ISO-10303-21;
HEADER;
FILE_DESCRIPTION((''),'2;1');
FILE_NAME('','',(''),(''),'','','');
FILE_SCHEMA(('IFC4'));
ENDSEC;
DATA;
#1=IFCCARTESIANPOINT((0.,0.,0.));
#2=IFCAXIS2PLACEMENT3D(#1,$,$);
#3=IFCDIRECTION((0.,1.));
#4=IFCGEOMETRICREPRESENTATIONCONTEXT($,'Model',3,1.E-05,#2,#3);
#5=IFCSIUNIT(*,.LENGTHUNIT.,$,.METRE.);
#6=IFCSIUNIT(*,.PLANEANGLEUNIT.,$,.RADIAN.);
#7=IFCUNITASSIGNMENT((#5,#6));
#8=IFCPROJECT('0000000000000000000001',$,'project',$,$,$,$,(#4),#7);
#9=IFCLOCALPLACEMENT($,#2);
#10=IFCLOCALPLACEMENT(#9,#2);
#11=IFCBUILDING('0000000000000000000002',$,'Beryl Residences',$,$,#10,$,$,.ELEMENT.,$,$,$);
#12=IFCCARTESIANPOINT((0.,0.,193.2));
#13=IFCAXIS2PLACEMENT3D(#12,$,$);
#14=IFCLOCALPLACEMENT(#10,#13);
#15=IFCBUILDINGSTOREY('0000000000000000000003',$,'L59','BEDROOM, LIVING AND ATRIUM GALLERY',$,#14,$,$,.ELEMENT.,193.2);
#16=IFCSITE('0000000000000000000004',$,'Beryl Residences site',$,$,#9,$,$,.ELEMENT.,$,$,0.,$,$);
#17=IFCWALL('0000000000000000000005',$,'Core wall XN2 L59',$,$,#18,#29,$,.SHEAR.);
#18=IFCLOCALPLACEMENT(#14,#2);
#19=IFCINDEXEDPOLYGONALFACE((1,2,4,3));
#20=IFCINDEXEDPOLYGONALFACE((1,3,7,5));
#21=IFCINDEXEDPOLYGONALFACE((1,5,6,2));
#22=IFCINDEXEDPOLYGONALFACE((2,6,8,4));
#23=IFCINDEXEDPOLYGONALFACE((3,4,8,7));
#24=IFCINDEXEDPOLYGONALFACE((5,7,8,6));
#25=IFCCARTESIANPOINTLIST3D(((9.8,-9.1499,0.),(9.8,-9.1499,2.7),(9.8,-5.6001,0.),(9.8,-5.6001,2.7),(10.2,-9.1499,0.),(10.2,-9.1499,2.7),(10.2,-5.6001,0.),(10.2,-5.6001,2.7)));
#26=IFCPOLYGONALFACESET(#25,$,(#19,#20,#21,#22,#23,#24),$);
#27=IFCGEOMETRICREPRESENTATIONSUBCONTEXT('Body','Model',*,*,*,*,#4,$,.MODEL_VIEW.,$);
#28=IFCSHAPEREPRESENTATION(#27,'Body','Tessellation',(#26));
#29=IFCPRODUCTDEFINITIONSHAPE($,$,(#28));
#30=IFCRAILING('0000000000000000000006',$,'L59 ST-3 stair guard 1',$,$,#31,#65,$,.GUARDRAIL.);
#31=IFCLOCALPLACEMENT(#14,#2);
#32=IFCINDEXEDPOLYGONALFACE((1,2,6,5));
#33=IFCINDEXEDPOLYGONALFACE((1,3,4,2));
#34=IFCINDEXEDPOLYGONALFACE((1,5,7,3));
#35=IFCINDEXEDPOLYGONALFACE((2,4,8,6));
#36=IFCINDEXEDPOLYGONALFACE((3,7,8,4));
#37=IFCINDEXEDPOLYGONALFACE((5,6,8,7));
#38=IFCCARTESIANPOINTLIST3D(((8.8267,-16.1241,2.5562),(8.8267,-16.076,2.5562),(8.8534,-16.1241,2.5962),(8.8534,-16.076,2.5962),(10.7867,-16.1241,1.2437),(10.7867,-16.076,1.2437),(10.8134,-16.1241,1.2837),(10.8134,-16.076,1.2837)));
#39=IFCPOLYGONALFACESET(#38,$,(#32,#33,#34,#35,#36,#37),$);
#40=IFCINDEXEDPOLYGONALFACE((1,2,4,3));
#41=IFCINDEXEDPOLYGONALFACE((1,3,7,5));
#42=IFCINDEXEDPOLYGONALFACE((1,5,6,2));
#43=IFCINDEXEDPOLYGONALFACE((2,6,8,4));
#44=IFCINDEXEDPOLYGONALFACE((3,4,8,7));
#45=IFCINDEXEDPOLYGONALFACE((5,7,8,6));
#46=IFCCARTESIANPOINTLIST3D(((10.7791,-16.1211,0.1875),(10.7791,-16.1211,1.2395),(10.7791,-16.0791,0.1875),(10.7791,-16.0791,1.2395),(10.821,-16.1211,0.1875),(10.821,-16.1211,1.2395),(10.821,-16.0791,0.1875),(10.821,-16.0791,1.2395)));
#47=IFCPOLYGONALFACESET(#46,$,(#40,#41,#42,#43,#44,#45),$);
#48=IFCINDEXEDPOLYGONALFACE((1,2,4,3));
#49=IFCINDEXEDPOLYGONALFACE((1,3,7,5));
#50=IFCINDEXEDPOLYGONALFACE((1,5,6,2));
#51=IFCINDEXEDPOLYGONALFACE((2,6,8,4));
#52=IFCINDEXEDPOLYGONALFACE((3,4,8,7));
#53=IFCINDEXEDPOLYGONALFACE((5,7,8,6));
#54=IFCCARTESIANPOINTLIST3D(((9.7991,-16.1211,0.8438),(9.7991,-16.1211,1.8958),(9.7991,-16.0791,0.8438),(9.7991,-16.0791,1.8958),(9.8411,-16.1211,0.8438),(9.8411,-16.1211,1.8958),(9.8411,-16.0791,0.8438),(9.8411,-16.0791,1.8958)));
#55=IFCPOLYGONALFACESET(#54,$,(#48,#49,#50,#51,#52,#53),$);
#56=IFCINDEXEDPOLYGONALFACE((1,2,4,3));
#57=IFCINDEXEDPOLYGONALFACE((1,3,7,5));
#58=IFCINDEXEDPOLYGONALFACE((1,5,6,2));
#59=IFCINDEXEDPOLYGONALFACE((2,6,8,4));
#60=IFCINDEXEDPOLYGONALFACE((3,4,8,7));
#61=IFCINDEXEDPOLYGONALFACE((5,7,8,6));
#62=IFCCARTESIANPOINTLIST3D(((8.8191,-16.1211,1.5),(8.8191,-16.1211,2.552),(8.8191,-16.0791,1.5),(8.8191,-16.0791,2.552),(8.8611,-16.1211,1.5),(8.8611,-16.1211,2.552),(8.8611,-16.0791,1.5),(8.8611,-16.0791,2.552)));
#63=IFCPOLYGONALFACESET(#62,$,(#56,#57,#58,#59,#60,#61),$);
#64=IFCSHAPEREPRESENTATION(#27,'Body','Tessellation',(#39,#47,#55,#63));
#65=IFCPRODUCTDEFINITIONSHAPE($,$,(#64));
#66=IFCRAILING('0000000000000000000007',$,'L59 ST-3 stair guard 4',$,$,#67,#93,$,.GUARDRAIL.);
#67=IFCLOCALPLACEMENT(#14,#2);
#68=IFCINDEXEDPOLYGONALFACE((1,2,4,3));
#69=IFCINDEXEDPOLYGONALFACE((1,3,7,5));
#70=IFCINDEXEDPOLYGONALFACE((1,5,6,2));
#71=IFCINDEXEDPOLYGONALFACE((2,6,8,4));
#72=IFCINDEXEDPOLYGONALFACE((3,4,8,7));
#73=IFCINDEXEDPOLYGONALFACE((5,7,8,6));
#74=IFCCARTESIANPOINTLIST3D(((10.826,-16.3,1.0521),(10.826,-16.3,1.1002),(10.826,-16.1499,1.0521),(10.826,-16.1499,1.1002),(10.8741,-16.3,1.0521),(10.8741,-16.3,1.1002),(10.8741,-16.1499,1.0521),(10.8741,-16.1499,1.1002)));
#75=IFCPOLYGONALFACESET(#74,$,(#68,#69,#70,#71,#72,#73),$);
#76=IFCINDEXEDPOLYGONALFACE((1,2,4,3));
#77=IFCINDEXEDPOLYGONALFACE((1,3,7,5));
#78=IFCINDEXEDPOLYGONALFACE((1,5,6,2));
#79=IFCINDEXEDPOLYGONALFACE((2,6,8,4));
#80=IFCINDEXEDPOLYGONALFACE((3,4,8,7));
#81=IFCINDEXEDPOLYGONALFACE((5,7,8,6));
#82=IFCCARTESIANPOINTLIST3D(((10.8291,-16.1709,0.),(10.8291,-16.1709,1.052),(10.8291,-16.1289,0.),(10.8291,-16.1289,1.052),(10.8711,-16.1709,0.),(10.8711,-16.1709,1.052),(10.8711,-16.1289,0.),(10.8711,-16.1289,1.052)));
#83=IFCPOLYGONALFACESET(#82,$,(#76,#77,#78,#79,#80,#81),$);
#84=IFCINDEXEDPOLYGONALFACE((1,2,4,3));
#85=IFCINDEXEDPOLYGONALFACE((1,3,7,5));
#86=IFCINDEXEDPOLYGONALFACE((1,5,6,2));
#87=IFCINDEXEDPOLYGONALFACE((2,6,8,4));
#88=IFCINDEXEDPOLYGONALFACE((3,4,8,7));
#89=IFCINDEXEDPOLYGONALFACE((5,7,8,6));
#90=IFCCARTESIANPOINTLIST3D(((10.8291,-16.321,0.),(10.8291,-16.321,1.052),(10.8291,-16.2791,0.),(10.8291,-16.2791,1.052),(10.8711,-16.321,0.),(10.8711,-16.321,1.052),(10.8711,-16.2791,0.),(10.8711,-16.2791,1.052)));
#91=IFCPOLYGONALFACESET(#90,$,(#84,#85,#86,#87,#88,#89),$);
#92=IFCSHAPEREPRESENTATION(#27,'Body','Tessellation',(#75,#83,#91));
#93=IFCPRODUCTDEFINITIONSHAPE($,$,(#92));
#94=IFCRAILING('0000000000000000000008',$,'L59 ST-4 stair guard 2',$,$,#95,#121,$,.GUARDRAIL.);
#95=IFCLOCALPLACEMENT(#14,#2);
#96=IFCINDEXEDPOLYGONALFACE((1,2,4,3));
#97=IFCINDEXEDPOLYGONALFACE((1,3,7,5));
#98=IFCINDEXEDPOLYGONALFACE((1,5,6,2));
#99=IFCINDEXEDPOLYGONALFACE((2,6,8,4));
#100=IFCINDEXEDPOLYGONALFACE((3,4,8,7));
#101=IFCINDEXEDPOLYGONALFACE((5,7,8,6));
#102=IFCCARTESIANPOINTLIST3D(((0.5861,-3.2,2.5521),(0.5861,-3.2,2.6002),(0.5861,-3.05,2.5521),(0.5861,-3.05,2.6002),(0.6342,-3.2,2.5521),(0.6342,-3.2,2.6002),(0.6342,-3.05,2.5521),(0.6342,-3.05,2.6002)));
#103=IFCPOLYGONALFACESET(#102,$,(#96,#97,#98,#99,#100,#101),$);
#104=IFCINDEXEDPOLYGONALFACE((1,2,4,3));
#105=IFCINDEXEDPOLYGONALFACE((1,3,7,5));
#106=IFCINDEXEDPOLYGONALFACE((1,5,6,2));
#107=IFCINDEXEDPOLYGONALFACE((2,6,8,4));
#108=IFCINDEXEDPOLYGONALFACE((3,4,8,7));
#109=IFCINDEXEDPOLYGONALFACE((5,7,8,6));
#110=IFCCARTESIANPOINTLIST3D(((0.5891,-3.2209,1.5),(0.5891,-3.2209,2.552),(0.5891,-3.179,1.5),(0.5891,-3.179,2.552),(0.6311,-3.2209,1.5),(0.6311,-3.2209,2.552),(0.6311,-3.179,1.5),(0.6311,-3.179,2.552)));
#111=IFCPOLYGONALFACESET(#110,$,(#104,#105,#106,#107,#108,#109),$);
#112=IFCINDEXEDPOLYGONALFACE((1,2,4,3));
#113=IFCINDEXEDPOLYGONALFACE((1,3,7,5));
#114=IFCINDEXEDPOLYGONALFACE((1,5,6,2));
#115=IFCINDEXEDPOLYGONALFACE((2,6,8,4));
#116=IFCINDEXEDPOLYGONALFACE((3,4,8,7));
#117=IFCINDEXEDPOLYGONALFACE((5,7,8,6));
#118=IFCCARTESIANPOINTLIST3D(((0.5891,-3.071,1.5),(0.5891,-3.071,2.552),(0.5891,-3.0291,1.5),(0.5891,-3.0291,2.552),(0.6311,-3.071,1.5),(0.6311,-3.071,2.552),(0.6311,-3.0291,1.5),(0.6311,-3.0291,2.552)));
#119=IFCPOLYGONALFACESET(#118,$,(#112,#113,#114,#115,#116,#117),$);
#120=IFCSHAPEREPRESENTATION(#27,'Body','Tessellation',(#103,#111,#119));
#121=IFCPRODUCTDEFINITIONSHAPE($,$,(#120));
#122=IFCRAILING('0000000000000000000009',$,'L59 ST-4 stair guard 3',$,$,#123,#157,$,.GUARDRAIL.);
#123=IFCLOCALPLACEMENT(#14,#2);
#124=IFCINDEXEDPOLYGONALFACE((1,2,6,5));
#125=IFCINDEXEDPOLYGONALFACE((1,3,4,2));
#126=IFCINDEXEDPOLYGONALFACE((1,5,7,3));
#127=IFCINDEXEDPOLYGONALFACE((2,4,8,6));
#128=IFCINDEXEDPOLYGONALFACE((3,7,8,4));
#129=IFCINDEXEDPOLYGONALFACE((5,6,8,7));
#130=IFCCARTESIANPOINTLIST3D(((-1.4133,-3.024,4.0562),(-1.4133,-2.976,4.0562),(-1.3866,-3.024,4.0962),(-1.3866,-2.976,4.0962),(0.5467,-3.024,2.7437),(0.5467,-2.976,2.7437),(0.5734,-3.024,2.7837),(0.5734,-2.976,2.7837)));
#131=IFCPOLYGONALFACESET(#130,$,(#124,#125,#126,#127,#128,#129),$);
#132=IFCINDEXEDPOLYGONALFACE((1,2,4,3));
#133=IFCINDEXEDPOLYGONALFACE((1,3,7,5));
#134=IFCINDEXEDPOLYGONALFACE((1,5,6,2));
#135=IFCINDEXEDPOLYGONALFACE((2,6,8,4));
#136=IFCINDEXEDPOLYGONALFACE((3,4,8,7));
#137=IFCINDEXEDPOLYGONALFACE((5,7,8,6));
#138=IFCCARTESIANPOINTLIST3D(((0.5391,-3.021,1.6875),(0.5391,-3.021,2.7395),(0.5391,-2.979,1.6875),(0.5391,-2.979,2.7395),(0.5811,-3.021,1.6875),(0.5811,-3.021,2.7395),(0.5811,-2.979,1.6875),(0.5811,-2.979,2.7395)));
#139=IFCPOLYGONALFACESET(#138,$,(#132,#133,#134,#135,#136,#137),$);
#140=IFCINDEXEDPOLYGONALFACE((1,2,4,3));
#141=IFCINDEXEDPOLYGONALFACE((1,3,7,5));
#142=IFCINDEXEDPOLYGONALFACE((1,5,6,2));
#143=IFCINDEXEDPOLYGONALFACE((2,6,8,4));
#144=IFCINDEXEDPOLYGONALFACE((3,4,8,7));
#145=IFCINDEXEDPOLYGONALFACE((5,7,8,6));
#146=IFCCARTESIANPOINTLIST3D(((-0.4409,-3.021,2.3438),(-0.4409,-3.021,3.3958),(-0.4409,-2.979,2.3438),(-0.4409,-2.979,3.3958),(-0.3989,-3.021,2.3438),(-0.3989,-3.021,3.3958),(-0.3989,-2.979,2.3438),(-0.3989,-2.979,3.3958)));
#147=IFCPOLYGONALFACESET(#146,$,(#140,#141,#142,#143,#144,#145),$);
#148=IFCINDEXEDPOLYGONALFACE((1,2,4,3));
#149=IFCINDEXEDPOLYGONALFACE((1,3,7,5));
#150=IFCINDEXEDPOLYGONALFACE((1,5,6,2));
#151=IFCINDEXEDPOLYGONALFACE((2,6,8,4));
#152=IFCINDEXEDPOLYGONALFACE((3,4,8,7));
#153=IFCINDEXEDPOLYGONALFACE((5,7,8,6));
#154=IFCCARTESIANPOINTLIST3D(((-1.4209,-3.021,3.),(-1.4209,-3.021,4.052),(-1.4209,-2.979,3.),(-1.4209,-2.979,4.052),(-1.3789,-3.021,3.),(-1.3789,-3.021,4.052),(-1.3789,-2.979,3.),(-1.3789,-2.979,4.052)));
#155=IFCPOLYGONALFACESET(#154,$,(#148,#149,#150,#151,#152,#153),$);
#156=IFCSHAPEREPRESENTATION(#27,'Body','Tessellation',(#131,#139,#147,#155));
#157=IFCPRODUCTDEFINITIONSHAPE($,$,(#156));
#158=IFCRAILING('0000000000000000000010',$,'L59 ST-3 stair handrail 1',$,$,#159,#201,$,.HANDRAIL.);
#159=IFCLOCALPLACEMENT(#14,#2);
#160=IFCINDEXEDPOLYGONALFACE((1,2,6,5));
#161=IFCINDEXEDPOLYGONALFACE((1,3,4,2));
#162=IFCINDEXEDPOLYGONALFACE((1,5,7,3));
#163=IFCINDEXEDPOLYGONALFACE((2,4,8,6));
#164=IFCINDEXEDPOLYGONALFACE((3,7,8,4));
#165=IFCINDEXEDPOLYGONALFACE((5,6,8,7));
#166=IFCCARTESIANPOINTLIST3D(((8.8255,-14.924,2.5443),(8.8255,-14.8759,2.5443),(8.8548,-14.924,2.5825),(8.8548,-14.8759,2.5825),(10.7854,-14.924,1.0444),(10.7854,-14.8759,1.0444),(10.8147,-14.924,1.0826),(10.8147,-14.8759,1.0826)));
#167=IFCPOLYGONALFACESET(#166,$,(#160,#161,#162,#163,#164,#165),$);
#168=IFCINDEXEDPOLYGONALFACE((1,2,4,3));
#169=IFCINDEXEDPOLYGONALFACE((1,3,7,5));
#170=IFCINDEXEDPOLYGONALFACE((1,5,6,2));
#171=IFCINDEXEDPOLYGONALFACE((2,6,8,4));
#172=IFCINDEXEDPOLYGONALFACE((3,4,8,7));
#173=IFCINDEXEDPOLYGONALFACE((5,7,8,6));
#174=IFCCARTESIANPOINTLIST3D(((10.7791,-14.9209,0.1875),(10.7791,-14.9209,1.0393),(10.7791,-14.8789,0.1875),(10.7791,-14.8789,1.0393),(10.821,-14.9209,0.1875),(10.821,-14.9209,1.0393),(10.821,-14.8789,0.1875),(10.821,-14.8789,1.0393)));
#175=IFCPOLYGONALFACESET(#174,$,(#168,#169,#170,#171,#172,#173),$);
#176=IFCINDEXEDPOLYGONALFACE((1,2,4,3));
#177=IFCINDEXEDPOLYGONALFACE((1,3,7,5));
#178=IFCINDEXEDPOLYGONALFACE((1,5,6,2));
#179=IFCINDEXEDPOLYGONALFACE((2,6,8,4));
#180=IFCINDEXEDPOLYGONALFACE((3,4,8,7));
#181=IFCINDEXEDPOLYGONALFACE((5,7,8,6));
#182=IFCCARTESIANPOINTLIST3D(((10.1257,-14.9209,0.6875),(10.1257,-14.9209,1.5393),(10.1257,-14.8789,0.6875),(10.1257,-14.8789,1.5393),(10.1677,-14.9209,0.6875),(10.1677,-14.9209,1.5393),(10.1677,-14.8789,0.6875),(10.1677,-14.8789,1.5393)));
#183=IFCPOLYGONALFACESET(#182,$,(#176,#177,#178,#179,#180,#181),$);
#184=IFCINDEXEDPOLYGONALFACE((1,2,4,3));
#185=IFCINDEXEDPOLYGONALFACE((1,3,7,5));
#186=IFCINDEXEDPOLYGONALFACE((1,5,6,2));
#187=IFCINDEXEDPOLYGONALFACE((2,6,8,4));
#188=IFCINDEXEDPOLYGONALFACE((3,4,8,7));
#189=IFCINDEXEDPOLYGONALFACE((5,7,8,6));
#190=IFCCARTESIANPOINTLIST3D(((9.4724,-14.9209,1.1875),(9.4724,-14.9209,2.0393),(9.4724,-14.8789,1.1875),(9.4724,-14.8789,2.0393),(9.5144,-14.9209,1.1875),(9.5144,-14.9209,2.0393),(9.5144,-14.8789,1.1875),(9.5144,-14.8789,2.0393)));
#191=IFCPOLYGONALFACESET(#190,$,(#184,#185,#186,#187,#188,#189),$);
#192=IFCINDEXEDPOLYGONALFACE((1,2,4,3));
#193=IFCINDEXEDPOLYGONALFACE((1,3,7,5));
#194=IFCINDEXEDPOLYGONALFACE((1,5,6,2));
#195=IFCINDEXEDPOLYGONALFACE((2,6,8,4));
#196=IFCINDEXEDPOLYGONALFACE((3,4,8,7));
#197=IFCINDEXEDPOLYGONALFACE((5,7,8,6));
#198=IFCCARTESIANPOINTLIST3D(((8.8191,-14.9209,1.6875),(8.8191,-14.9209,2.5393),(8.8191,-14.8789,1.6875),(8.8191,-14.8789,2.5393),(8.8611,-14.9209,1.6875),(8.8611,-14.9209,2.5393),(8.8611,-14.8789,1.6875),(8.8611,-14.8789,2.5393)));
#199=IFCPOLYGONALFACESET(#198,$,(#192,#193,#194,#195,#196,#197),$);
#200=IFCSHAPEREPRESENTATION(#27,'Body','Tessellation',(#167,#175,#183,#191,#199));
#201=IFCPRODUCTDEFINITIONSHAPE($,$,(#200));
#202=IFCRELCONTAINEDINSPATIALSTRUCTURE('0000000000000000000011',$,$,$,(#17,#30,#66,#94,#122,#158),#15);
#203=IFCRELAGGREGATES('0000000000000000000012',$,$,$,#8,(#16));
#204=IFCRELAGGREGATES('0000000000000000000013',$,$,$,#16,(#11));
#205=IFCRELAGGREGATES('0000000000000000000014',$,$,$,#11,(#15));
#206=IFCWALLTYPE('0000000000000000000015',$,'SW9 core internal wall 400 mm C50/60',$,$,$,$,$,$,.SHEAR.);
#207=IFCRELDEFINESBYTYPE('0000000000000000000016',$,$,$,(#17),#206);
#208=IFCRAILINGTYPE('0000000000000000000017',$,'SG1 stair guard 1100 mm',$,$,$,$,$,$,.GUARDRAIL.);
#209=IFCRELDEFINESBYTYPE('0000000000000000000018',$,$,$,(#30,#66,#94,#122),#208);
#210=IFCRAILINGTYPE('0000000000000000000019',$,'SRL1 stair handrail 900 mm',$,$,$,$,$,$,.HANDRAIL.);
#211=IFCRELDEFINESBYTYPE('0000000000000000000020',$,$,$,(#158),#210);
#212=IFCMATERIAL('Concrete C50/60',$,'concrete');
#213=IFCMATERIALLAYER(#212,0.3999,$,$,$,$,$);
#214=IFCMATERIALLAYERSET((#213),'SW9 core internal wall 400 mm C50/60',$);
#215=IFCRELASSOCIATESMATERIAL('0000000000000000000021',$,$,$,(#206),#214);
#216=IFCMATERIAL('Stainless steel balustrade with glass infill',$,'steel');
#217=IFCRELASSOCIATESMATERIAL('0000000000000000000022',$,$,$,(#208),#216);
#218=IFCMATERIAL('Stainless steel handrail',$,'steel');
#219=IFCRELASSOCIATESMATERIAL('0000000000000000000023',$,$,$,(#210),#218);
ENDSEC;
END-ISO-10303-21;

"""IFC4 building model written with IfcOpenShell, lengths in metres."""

from ifc_helpers import new_model, si_unit, direction, frame, frame_2d, origin, origin_2d, place, context, subcontext, project, spatial, rectangle, extrude, material, layer, layer_set, type_object, element, save


model = new_model("IFC4")

# Units and contexts
model_context = context("Model", 3, precision=1e-05, world=origin(), true_north=direction((0.0, 1.0)))
body_context = subcontext(model_context, "Body", "Model", "MODEL_VIEW")
ifc_project = project(units=[si_unit("LENGTHUNIT", "METRE"), si_unit("PLANEANGLEUNIT", "RADIAN")], contexts=[model_context])

# Site, building, storey
site_placement = place(None, origin())
site = spatial("IfcSite", under=ifc_project, at=site_placement, Name="Beryl Residences site", CompositionType="ELEMENT", RefElevation=0.0)
building_placement = place(site_placement, origin())
building = spatial("IfcBuilding", under=site, at=building_placement, Name="Beryl Residences", CompositionType="ELEMENT")
storey_placement = place(building_placement, frame((0.0, 0.0, 193.2)))
storey = spatial("IfcBuildingStorey", under=building, at=storey_placement, Name="L59", Description="BEDROOM, LIVING AND ATRIUM GALLERY", CompositionType="ELEMENT", Elevation=193.2)

# Wall
ifc_material_1 = material(Name="Concrete C50/60", Category="concrete")
ifc_layer_1 = layer(ifc_material_1, 0.3999)
ifc_layer_set_1 = layer_set([ifc_layer_1], Name="SW9 core internal wall 400 mm C50/60")
wall_type_1 = type_object("IfcWallType", Name="SW9 core internal wall 400 mm C50/60", PredefinedType="SHEAR", material=ifc_layer_set_1)
wall_1_placement = place(storey_placement, frame((10.0, -9.1499, 0.0), z_axis=(0.0, 0.0, 1.0), x_axis=(0.0, 1.0, 0.0)))
element("IfcWall", 1, at=wall_1_placement, inside=storey, type_object=wall_type_1, Name="Core wall XN2 L59", PredefinedType="SHEAR", context=body_context, shape_type="SweptSolid", body=[
    extrude(rectangle(XDim=3.5498, YDim=0.3999, at=frame_2d((1.7749, 0.0))), origin(), (0.0, 0.0, 1.0), 2.7),
])

# Railings
ifc_material_2 = material(Name="Stainless steel balustrade with glass infill", Category="steel")
railing_type_1 = type_object("IfcRailingType", Name="SG1 stair guard 1100 mm", PredefinedType="GUARDRAIL", material=ifc_material_2)
railing_1_placement = place(storey_placement, frame((10.8, -16.1001, 0.1875)))
element("IfcRailing", 2, at=railing_1_placement, inside=storey, type_object=railing_type_1, Name="L59 ST-3 stair guard 1", PredefinedType="GUARDRAIL", context=body_context, shape_type="SweptSolid", body=[
    extrude(rectangle(XDim=0.0481, YDim=0.0481, at=origin_2d()), frame((0.0, 0.0, 1.0762), z_axis=(-0.830902, 0.0, 0.556419), x_axis=(0.0, -1.0, 0.0)), (0.0, 0.0, 1.0), 2.3589),
    extrude(rectangle(XDim=0.042, YDim=0.042, at=origin_2d()), origin(), (0.0, 0.0, 1.0), 1.052),
    extrude(rectangle(XDim=0.042, YDim=0.042, at=origin_2d()), frame((-0.98, 0.0, 0.6562)), (0.0, 0.0, 1.0), 1.052),
    extrude(rectangle(XDim=0.042, YDim=0.042, at=origin_2d()), frame((-1.96, 0.0, 1.3125)), (0.0, 0.0, 1.0), 1.052),
])
railing_2_placement = place(storey_placement, frame((10.8501, -16.1499, 0.0)))
element("IfcRailing", 3, at=railing_2_placement, inside=storey, type_object=railing_type_1, Name="L59 ST-3 stair guard 4", PredefinedType="GUARDRAIL", context=body_context, shape_type="SweptSolid", body=[
    extrude(rectangle(XDim=0.0481, YDim=0.0481, at=origin_2d()), frame((0.0, 0.0, 1.0762), z_axis=(0.0, -1.0, 0.0), x_axis=(1.0, 0.0, 0.0)), (0.0, 0.0, 1.0), 0.1501),
    extrude(rectangle(XDim=0.042, YDim=0.042, at=origin_2d()), origin(), (0.0, 0.0, 1.0), 1.052),
    extrude(rectangle(XDim=0.042, YDim=0.042, at=origin_2d()), frame((0.0, -0.1501, 0.0)), (0.0, 0.0, 1.0), 1.052),
])
railing_3_placement = place(storey_placement, frame((0.6101, -3.2, 1.5)))
element("IfcRailing", 4, at=railing_3_placement, inside=storey, type_object=railing_type_1, Name="L59 ST-4 stair guard 2", PredefinedType="GUARDRAIL", context=body_context, shape_type="SweptSolid", body=[
    extrude(rectangle(XDim=0.0481, YDim=0.0481, at=origin_2d()), frame((0.0, 0.0, 1.0762), z_axis=(0.0, 1.0, 0.0), x_axis=(-1.0, 0.0, 0.0)), (0.0, 0.0, 1.0), 0.1499),
    extrude(rectangle(XDim=0.042, YDim=0.042, at=origin_2d()), origin(), (0.0, 0.0, 1.0), 1.052),
    extrude(rectangle(XDim=0.042, YDim=0.042, at=origin_2d()), frame((0.0, 0.1499, 0.0)), (0.0, 0.0, 1.0), 1.052),
])
railing_4_placement = place(storey_placement, frame((0.5601, -3.0, 1.6875)))
element("IfcRailing", 5, at=railing_4_placement, inside=storey, type_object=railing_type_1, Name="L59 ST-4 stair guard 3", PredefinedType="GUARDRAIL", context=body_context, shape_type="SweptSolid", body=[
    extrude(rectangle(XDim=0.0481, YDim=0.0481, at=origin_2d()), frame((0.0, 0.0, 1.0762), z_axis=(-0.830902, 0.0, 0.556419), x_axis=(0.0, -1.0, 0.0)), (0.0, 0.0, 1.0), 2.3589),
    extrude(rectangle(XDim=0.042, YDim=0.042, at=origin_2d()), origin(), (0.0, 0.0, 1.0), 1.052),
    extrude(rectangle(XDim=0.042, YDim=0.042, at=origin_2d()), frame((-0.98, 0.0, 0.6562)), (0.0, 0.0, 1.0), 1.052),
    extrude(rectangle(XDim=0.042, YDim=0.042, at=origin_2d()), frame((-1.96, 0.0, 1.3125)), (0.0, 0.0, 1.0), 1.052),
])
ifc_material_3 = material(Name="Stainless steel handrail", Category="steel")
railing_type_2 = type_object("IfcRailingType", Name="SRL1 stair handrail 900 mm", PredefinedType="HANDRAIL", material=ifc_material_3)
for number, where, name in (
    (6, (10.8, -14.8999, 0.1875), "L59 ST-3 stair handrail 1"),
):
    element("IfcRailing", number, at=place(storey_placement, frame(where)), inside=storey, type_object=railing_type_2, Name=name, PredefinedType="HANDRAIL", context=body_context, shape_type="SweptSolid", body=[
        extrude(rectangle(XDim=0.0481, YDim=0.0481, at=origin_2d()), frame((0.0, 0.0, 0.876), z_axis=(-0.794122, 0.0, 0.607758), x_axis=(0.0, -1.0, 0.0)), (0.0, 0.0, 1.0), 2.468),
        extrude(rectangle(XDim=0.042, YDim=0.042, at=origin_2d()), origin(), (0.0, 0.0, 1.0), 0.8518),
        extrude(rectangle(XDim=0.042, YDim=0.042, at=origin_2d()), frame((-0.6533, 0.0, 0.5)), (0.0, 0.0, 1.0), 0.8518),
        extrude(rectangle(XDim=0.042, YDim=0.042, at=origin_2d()), frame((-1.3066, 0.0, 1.0)), (0.0, 0.0, 1.0), 0.8518),
        extrude(rectangle(XDim=0.042, YDim=0.042, at=origin_2d()), frame((-1.96, 0.0, 1.5)), (0.0, 0.0, 1.0), 0.8518),
    ])

save(model, "model.ifc")
